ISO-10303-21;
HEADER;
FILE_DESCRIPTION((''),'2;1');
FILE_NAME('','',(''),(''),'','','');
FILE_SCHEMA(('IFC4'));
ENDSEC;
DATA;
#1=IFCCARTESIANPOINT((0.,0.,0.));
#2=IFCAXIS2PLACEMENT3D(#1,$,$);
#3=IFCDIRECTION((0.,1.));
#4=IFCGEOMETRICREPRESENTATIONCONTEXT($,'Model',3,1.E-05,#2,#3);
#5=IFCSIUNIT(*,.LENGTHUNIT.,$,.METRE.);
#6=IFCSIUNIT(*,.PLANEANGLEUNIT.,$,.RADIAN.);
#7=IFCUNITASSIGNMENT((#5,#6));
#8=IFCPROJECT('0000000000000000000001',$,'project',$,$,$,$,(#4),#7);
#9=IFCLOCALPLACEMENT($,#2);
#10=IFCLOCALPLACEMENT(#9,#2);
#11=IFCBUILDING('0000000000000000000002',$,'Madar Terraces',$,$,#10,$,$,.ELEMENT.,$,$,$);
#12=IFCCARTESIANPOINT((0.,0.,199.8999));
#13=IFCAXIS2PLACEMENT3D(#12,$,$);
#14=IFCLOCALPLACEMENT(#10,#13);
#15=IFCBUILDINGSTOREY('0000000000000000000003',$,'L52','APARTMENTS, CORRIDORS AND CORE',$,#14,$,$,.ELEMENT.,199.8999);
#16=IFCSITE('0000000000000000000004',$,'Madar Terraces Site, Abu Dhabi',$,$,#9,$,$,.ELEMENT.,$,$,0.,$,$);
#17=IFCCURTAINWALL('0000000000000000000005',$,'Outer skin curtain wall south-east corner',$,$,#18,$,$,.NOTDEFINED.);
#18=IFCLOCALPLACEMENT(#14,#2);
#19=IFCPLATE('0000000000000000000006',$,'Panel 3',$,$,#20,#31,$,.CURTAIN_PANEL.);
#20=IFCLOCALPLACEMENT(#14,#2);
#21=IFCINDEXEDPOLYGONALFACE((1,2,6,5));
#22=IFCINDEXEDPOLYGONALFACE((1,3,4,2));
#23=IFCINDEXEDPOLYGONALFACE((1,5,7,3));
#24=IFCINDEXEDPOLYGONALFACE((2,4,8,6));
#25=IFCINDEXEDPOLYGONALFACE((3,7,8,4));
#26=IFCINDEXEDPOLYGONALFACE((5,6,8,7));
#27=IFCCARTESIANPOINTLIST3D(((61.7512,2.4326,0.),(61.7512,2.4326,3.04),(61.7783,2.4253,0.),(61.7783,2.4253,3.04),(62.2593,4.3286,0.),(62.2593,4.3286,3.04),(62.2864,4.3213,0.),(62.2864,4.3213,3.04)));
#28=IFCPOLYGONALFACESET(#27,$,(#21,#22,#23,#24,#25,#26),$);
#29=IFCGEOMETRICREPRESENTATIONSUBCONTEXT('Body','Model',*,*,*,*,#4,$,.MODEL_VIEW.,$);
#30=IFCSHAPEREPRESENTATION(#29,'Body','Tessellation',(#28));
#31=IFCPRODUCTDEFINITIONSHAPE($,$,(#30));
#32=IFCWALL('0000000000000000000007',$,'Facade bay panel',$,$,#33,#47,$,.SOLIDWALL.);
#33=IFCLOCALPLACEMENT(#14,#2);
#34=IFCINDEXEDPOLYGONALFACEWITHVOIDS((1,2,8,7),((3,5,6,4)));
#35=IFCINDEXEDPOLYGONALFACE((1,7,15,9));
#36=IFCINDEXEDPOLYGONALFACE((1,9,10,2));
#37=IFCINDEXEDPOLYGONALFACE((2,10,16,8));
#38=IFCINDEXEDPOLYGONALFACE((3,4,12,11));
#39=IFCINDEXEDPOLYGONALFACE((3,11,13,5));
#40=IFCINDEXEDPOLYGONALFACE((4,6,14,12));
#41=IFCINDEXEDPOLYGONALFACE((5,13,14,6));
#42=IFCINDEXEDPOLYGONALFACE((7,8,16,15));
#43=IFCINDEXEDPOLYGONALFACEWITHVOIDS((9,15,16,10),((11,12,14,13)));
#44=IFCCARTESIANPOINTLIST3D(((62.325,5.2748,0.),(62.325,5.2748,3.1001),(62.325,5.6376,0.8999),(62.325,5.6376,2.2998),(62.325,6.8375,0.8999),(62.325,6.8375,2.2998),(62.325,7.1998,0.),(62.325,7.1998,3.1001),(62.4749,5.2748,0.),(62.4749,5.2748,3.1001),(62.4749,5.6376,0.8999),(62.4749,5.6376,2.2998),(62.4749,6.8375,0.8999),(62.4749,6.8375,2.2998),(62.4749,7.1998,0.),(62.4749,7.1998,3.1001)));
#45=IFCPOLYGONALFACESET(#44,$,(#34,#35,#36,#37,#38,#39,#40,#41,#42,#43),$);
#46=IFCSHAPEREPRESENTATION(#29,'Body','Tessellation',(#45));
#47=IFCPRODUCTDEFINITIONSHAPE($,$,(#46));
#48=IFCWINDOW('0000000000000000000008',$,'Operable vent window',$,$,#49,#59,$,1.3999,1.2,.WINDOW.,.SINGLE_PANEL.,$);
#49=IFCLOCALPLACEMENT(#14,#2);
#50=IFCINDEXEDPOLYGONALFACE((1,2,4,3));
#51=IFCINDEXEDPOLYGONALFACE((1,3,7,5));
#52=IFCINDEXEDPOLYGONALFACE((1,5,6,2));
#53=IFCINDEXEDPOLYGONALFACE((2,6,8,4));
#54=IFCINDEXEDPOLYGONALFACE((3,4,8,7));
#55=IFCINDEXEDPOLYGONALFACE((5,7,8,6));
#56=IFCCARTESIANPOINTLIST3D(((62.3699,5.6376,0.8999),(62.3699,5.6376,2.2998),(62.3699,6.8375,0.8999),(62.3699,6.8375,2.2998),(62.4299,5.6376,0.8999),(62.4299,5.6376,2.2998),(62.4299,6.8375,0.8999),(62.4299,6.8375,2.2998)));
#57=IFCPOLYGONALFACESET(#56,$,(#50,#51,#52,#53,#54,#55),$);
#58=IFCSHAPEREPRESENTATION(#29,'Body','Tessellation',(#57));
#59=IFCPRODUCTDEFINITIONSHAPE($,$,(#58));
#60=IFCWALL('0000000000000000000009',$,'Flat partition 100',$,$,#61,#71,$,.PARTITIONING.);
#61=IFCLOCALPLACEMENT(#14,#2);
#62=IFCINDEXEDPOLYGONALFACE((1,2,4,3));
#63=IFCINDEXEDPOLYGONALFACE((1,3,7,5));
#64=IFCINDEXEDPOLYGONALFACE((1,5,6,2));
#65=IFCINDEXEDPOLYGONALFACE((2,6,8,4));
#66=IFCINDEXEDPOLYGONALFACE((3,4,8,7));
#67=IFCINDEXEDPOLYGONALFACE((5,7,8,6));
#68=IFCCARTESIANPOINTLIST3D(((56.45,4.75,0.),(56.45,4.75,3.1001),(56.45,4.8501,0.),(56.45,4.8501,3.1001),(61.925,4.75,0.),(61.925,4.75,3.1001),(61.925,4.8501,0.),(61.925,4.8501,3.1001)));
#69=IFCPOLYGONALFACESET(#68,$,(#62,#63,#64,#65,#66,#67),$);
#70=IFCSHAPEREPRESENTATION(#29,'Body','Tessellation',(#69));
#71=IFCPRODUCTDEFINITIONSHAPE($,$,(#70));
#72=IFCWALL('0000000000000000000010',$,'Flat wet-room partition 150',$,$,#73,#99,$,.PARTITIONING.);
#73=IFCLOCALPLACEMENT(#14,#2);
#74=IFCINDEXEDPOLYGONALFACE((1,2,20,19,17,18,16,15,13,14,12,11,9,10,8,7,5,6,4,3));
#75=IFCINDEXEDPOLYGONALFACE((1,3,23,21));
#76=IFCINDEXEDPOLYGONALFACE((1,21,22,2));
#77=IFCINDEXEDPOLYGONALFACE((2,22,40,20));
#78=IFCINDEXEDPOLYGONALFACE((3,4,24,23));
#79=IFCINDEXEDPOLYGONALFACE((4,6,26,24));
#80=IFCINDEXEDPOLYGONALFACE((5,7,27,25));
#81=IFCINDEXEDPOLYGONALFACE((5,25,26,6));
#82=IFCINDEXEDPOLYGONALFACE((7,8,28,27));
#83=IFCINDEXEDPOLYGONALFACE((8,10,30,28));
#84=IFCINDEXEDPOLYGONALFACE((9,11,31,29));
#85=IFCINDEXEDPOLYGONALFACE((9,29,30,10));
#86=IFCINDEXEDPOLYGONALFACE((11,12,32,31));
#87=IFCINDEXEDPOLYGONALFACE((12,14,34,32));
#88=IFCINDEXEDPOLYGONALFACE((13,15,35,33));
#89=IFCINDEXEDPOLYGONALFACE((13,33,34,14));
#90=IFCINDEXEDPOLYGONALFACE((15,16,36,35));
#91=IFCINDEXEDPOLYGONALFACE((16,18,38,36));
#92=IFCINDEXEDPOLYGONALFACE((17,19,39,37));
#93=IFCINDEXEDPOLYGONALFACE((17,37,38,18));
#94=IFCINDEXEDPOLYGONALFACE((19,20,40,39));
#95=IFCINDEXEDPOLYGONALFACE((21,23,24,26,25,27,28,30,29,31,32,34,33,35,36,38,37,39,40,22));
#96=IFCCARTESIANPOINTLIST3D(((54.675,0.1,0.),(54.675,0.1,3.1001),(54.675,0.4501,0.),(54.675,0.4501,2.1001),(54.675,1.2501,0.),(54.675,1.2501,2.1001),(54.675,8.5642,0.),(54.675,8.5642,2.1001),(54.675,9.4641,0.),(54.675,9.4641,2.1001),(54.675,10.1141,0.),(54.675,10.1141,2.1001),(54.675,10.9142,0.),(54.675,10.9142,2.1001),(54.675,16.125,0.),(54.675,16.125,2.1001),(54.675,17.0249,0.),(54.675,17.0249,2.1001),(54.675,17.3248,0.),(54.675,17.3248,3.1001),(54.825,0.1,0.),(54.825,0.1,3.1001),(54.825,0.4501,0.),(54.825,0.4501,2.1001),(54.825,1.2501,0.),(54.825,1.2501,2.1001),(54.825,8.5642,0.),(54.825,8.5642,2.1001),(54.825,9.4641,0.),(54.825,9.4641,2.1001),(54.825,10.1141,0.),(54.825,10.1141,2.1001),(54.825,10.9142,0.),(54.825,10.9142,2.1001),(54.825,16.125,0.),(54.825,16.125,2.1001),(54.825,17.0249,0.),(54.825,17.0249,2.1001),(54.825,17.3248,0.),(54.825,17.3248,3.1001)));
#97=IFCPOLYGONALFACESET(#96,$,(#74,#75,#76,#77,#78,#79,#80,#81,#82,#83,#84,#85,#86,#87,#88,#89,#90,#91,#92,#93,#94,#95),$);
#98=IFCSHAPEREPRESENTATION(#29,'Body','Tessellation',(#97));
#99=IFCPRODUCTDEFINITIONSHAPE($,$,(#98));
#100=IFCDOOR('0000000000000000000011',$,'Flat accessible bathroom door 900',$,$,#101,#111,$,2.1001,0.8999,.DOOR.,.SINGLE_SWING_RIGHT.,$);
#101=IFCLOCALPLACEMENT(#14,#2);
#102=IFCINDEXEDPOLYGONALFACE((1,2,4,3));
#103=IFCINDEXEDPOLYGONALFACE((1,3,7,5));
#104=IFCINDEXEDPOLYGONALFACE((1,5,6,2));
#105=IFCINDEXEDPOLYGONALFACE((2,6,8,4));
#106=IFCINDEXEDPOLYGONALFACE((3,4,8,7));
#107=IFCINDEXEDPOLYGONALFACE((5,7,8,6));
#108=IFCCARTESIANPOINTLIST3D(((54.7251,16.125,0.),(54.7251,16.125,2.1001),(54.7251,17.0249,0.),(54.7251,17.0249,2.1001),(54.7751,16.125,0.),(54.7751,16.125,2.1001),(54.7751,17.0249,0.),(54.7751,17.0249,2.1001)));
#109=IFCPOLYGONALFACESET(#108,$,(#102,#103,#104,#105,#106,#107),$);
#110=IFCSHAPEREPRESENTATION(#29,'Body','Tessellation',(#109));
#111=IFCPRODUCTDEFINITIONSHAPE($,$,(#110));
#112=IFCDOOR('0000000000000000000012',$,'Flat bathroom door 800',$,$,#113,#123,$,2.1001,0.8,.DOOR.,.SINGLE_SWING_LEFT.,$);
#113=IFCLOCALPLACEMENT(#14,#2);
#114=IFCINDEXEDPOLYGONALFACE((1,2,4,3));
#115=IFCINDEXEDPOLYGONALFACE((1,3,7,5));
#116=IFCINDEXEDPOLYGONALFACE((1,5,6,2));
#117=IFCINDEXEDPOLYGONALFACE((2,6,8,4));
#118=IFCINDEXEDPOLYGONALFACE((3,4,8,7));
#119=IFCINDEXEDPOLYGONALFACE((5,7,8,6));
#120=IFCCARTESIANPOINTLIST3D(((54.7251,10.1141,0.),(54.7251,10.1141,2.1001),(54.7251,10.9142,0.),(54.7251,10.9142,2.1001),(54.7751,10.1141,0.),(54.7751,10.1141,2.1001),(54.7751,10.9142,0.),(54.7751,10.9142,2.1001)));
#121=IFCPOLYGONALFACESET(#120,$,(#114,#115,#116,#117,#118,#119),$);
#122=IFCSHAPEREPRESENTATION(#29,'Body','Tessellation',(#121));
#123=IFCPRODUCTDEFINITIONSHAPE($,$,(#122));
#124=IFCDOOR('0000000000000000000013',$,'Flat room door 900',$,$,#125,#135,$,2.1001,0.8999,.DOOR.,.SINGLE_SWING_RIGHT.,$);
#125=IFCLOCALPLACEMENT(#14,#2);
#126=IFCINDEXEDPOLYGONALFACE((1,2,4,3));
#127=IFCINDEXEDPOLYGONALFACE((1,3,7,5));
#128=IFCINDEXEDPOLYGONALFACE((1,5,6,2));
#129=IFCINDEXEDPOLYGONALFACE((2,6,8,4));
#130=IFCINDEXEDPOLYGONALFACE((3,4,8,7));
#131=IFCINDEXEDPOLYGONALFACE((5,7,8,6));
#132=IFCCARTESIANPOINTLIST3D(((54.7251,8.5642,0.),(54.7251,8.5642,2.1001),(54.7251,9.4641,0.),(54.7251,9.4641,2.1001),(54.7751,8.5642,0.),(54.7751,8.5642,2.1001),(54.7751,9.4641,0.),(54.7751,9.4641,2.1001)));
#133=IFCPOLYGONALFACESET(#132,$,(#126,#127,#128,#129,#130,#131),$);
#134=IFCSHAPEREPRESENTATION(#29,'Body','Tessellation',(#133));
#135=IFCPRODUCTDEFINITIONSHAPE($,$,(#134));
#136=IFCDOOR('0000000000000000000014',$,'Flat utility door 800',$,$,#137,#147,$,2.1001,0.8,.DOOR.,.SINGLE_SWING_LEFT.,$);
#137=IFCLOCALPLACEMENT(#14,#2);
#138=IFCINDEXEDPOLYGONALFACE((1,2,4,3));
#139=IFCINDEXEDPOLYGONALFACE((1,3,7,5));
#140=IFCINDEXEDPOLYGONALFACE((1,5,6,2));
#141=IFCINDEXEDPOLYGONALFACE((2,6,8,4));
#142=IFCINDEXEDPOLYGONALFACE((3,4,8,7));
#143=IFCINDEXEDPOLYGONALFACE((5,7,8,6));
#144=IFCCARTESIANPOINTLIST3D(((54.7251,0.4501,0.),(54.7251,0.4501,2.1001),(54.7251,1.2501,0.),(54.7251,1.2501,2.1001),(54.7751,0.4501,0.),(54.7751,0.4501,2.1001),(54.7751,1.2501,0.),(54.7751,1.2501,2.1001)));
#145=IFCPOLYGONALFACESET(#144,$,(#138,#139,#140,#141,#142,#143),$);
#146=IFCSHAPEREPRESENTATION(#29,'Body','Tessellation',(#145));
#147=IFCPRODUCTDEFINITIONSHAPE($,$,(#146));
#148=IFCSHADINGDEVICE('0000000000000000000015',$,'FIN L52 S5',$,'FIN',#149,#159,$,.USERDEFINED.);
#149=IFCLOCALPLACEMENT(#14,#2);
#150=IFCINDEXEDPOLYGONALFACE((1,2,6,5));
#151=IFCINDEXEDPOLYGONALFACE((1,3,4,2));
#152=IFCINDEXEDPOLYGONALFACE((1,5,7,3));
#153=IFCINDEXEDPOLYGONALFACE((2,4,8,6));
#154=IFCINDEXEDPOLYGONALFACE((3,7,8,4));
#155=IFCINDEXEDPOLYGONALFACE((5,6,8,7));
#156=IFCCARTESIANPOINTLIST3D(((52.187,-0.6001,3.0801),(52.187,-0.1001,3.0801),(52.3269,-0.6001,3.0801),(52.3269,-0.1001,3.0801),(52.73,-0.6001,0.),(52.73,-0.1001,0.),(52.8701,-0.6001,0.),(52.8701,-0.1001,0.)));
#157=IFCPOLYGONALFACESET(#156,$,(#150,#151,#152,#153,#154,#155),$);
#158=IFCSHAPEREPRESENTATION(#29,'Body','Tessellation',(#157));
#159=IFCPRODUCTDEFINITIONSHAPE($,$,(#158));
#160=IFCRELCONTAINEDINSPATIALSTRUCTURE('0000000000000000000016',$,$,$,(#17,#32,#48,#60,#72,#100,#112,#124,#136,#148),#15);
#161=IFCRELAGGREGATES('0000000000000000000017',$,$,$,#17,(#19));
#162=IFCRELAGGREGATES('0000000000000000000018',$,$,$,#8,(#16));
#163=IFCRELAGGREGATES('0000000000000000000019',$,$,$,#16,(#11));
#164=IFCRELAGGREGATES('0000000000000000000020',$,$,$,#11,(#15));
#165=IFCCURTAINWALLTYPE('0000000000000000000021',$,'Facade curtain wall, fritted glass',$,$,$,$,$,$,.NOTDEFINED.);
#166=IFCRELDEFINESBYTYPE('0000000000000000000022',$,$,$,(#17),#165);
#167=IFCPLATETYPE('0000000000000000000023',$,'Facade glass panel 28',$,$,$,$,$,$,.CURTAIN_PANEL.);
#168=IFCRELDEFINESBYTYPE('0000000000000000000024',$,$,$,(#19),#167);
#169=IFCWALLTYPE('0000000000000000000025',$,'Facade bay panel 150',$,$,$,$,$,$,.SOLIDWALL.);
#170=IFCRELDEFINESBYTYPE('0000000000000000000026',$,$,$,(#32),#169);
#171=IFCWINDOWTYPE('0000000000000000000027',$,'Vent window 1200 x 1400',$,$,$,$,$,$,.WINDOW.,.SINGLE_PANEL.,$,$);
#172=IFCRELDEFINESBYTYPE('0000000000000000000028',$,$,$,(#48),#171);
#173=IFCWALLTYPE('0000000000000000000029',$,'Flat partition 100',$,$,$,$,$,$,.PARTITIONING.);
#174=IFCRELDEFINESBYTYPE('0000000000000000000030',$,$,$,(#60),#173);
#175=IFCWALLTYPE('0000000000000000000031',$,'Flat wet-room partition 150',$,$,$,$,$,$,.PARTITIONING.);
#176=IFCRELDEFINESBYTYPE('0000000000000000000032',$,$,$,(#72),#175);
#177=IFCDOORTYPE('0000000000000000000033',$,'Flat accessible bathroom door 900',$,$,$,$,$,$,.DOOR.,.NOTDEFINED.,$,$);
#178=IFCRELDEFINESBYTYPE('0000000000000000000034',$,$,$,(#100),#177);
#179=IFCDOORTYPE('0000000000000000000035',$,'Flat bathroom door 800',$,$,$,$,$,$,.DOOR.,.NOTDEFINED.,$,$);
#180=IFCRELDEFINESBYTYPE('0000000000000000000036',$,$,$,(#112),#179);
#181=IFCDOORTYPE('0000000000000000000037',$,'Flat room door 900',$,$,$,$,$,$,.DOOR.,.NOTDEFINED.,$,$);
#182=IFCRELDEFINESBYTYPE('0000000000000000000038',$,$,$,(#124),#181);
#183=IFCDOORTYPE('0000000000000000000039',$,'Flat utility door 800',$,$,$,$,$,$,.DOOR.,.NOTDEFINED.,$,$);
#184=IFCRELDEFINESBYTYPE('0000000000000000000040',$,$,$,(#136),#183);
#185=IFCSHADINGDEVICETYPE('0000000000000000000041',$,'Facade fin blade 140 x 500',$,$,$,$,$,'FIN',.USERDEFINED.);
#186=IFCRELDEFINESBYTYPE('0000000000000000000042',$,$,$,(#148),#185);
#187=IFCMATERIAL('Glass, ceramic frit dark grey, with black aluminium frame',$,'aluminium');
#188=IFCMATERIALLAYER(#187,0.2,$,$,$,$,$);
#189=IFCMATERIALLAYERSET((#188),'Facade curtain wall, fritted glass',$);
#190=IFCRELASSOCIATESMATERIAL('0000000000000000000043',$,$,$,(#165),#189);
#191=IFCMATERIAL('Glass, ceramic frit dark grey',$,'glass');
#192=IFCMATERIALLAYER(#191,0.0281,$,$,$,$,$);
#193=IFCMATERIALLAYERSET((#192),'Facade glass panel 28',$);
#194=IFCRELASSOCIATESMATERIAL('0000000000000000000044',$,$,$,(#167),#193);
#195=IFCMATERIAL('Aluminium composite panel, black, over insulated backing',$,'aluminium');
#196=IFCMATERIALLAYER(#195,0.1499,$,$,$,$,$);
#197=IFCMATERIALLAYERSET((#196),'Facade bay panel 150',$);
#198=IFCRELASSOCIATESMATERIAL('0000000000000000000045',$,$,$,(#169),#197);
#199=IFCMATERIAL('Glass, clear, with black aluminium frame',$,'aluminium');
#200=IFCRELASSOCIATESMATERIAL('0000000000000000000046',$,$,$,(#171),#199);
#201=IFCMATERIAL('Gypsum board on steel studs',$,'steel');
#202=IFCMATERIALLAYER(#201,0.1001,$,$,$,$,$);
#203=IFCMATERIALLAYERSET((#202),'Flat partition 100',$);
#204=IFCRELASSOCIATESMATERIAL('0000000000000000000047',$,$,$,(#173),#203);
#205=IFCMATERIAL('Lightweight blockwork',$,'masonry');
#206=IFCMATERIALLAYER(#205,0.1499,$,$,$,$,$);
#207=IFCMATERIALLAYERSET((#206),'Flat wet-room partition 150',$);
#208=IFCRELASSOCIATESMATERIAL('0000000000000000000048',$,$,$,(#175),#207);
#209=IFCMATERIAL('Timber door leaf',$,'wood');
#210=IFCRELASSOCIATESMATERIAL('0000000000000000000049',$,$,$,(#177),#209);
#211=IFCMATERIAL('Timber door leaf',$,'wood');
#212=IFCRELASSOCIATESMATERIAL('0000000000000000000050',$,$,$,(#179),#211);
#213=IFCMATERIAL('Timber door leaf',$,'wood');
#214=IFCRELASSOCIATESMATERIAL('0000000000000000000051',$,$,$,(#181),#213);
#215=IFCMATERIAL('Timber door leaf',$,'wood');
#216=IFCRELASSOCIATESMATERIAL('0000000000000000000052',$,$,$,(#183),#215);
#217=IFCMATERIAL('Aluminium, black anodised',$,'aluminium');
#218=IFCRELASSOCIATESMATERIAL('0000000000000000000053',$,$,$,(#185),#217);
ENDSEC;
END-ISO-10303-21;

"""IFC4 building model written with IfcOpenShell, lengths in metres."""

from ifc_helpers import new_model, si_unit, direction, frame, frame_2d, origin, origin_2d, place, context, subcontext, project, spatial, polyline, rectangle, outline, extrude, material, layer, layer_set, type_object, element, fill, aggregate, save


model = new_model("IFC4")

# Units and contexts
model_context = context("Model", 3, precision=1e-05, world=origin(), true_north=direction((0.0, 1.0)))
body_context = subcontext(model_context, "Body", "Model", "MODEL_VIEW")
ifc_project = project(units=[si_unit("LENGTHUNIT", "METRE"), si_unit("PLANEANGLEUNIT", "RADIAN")], contexts=[model_context])

# Site, building, storey
site_placement = place(None, origin())
site = spatial("IfcSite", under=ifc_project, at=site_placement, Name="Madar Terraces Site, Abu Dhabi", CompositionType="ELEMENT", RefElevation=0.0)
building_placement = place(site_placement, origin())
building = spatial("IfcBuilding", under=site, at=building_placement, Name="Madar Terraces", CompositionType="ELEMENT")
storey_placement = place(building_placement, frame((0.0, 0.0, 199.8999)))
storey = spatial("IfcBuildingStorey", under=building, at=storey_placement, Name="L52", Description="APARTMENTS, CORRIDORS AND CORE", CompositionType="ELEMENT", Elevation=199.8999)

# Shared definitions
ifc_material_1 = material(Name="Glass, ceramic frit dark grey, with black aluminium frame", Category="aluminium")
ifc_layer_1 = layer(ifc_material_1, 0.2)
ifc_layer_set_1 = layer_set([ifc_layer_1], Name="Facade curtain wall, fritted glass")
curtain_wall_type = type_object("IfcCurtainWallType", Name="Facade curtain wall, fritted glass", PredefinedType="NOTDEFINED", material=ifc_layer_set_1)

# Curtain wall
curtain_wall_1_placement = place(storey_placement, origin())
curtain_wall_1 = element("IfcCurtainWall", 1, at=curtain_wall_1_placement, inside=storey, type_object=curtain_wall_type, Name="Outer skin curtain wall south-east corner", PredefinedType="NOTDEFINED")

# Plate
ifc_material_2 = material(Name="Glass, ceramic frit dark grey", Category="glass")
ifc_layer_2 = layer(ifc_material_2, 0.0281)
ifc_layer_set_2 = layer_set([ifc_layer_2], Name="Facade glass panel 28")
plate_type = type_object("IfcPlateType", Name="Facade glass panel 28", PredefinedType="CURTAIN_PANEL", material=ifc_layer_set_2)
plate_1_placement = place(storey_placement, frame((62.0188, 3.377, 0.0), z_axis=(0.0, 0.0, 1.0), x_axis=(0.258819, 0.965926, 0.0)))
plate_1 = element("IfcPlate", 2, at=plate_1_placement, type_object=plate_type, Name="Panel 3", PredefinedType="CURTAIN_PANEL", context=body_context, shape_type="SweptSolid", body=[
    extrude(rectangle(XDim=1.9629, YDim=0.0281, at=origin_2d()), origin(), (0.0, 0.0, 1.0), 3.04),
])
aggregate(curtain_wall_1, [plate_1])

# Wall, opening, window
ifc_material_3 = material(Name="Aluminium composite panel, black, over insulated backing", Category="aluminium")
ifc_layer_3 = layer(ifc_material_3, 0.1499)
ifc_layer_set_3 = layer_set([ifc_layer_3], Name="Facade bay panel 150")
wall_type_1 = type_object("IfcWallType", Name="Facade bay panel 150", PredefinedType="SOLIDWALL", material=ifc_layer_set_3)
wall_1_placement = place(storey_placement, frame((62.3999, 5.2749, 0.0), z_axis=(0.0, 0.0, 1.0), x_axis=(0.0, 1.0, 0.0)))
wall_1 = element("IfcWall", 3, at=wall_1_placement, inside=storey, type_object=wall_type_1, Name="Facade bay panel", PredefinedType="SOLIDWALL", context=body_context, shape_type="SweptSolid", body=[
    extrude(rectangle(XDim=1.925, YDim=0.1499, at=frame_2d((0.9624, 0.0))), origin(), (0.0, 0.0, 1.0), 3.1001),
])
opening_1_placement = place(wall_1_placement, frame((0.3625, 0.0, 0.8999)))
opening_1 = element("IfcOpeningElement", 4, at=opening_1_placement, cuts=wall_1, PredefinedType="OPENING", context=body_context, shape_type="SweptSolid", body=[
    extrude(rectangle(XDim=1.2, YDim=1.3999, at=frame_2d((0.6001, 0.7))), frame((0.0, 0.085, 0.0), z_axis=(0.0, -1.0, 0.0), x_axis=(1.0, 0.0, 0.0)), (0.0, 0.0, 1.0), 0.1699),
])
ifc_material_4 = material(Name="Glass, clear, with black aluminium frame", Category="aluminium")
window_type = type_object("IfcWindowType", Name="Vent window 1200 x 1400", PartitioningType="SINGLE_PANEL", PredefinedType="WINDOW", material=ifc_material_4)
window_placement = place(opening_1_placement, origin())
window = element("IfcWindow", 5, at=window_placement, inside=storey, type_object=window_type, Name="Operable vent window", OverallHeight=1.3999, OverallWidth=1.2, PartitioningType="SINGLE_PANEL", PredefinedType="WINDOW", context=body_context, shape_type="SweptSolid", body=[
    extrude(rectangle(XDim=1.2, YDim=1.3999, at=frame_2d((0.6001, 0.7))), frame((0.0, 0.03, 0.0), z_axis=(0.0, -1.0, 0.0), x_axis=(1.0, 0.0, 0.0)), (0.0, 0.0, 1.0), 0.0601),
])
fill(opening_1, window)

# Wall
ifc_material_5 = material(Name="Gypsum board on steel studs", Category="steel")
ifc_layer_4 = layer(ifc_material_5, 0.1001)
ifc_layer_set_4 = layer_set([ifc_layer_4], Name="Flat partition 100")
wall_type_2 = type_object("IfcWallType", Name="Flat partition 100", PredefinedType="PARTITIONING", material=ifc_layer_set_4)
wall_2_placement = place(storey_placement, frame((56.45, 4.8, 0.0), z_axis=(0.0, 0.0, 1.0), x_axis=(1.0, 0.0, 0.0)))
element("IfcWall", 6, at=wall_2_placement, inside=storey, type_object=wall_type_2, Name="Flat partition 100", PredefinedType="PARTITIONING", context=body_context, shape_type="SweptSolid", body=[
    extrude(rectangle(XDim=5.4751, YDim=0.1001, at=frame_2d((2.7375, 0.0))), origin(), (0.0, 0.0, 1.0), 3.1001),
])

# Wall, openings, doors
ifc_material_6 = material(Name="Lightweight blockwork", Category="masonry")
ifc_layer_5 = layer(ifc_material_6, 0.1499)
ifc_layer_set_5 = layer_set([ifc_layer_5], Name="Flat wet-room partition 150")
wall_type_3 = type_object("IfcWallType", Name="Flat wet-room partition 150", PredefinedType="PARTITIONING", material=ifc_layer_set_5)
wall_3_placement = place(storey_placement, frame((54.75, 0.1001, 0.0), z_axis=(0.0, 0.0, 1.0), x_axis=(0.0, 1.0, 0.0)))
wall_3 = element("IfcWall", 7, at=wall_3_placement, inside=storey, type_object=wall_type_3, Name="Flat wet-room partition 150", PredefinedType="PARTITIONING", context=body_context, shape_type="SweptSolid", body=[
    extrude(rectangle(XDim=17.2249, YDim=0.1499, at=frame_2d((8.6123, 0.0))), origin(), (0.0, 0.0, 1.0), 3.1001),
])
opening_2_placement = place(wall_3_placement, frame((16.0249, 0.0, 0.0)))
opening_2 = element("IfcOpeningElement", 8, at=opening_2_placement, cuts=wall_3, PredefinedType="OPENING", context=body_context, shape_type="SweptSolid", body=[
    extrude(rectangle(XDim=0.8999, YDim=2.1001, at=frame_2d((0.45, 1.05))), frame((0.0, 0.085, 0.0), z_axis=(0.0, -1.0, 0.0), x_axis=(1.0, 0.0, 0.0)), (0.0, 0.0, 1.0), 0.1699),
])
opening_3_placement = place(wall_3_placement, frame((10.0142, 0.0, 0.0)))
opening_3 = element("IfcOpeningElement", 9, at=opening_3_placement, cuts=wall_3, PredefinedType="OPENING", context=body_context, shape_type="SweptSolid", body=[
    extrude(rectangle(XDim=0.8, YDim=2.1001, at=frame_2d((0.3999, 1.05))), frame((0.0, 0.085, 0.0), z_axis=(0.0, -1.0, 0.0), x_axis=(1.0, 0.0, 0.0)), (0.0, 0.0, 1.0), 0.1699),
])
opening_4_placement = place(wall_3_placement, frame((8.4641, 0.0, 0.0)))
opening_4 = element("IfcOpeningElement", 10, at=opening_4_placement, cuts=wall_3, PredefinedType="OPENING", context=body_context, shape_type="SweptSolid", body=[
    extrude(rectangle(XDim=0.8999, YDim=2.1001, at=frame_2d((0.45, 1.05))), frame((0.0, 0.085, 0.0), z_axis=(0.0, -1.0, 0.0), x_axis=(1.0, 0.0, 0.0)), (0.0, 0.0, 1.0), 0.1699),
])
opening_5_placement = place(wall_3_placement, frame((0.3501, 0.0, 0.0)))
opening_5 = element("IfcOpeningElement", 11, at=opening_5_placement, cuts=wall_3, PredefinedType="OPENING", context=body_context, shape_type="SweptSolid", body=[
    extrude(rectangle(XDim=0.8, YDim=2.1001, at=frame_2d((0.3999, 1.05))), frame((0.0, 0.085, 0.0), z_axis=(0.0, -1.0, 0.0), x_axis=(1.0, 0.0, 0.0)), (0.0, 0.0, 1.0), 0.1699),
])
ifc_material_7 = material(Name="Timber door leaf", Category="wood")
door_type_1 = type_object("IfcDoorType", Name="Flat accessible bathroom door 900", OperationType="NOTDEFINED", PredefinedType="DOOR", material=ifc_material_7)
door_1_placement = place(opening_2_placement, origin())
door_1 = element("IfcDoor", 12, at=door_1_placement, inside=storey, type_object=door_type_1, Name="Flat accessible bathroom door 900", OperationType="SINGLE_SWING_RIGHT", OverallHeight=2.1001, OverallWidth=0.8999, PredefinedType="DOOR", context=body_context, shape_type="SweptSolid", body=[
    extrude(rectangle(XDim=0.8999, YDim=2.1001, at=frame_2d((0.45, 1.05))), frame((0.0, 0.0249, 0.0), z_axis=(0.0, -1.0, 0.0), x_axis=(1.0, 0.0, 0.0)), (0.0, 0.0, 1.0), 0.05),
])
fill(opening_2, door_1)
ifc_material_8 = material(Name="Timber door leaf", Category="wood")
door_type_2 = type_object("IfcDoorType", Name="Flat bathroom door 800", OperationType="NOTDEFINED", PredefinedType="DOOR", material=ifc_material_8)
door_2_placement = place(opening_3_placement, origin())
door_2 = element("IfcDoor", 13, at=door_2_placement, inside=storey, type_object=door_type_2, Name="Flat bathroom door 800", OperationType="SINGLE_SWING_LEFT", OverallHeight=2.1001, OverallWidth=0.8, PredefinedType="DOOR", context=body_context, shape_type="SweptSolid", body=[
    extrude(rectangle(XDim=0.8, YDim=2.1001, at=frame_2d((0.3999, 1.05))), frame((0.0, 0.0249, 0.0), z_axis=(0.0, -1.0, 0.0), x_axis=(1.0, 0.0, 0.0)), (0.0, 0.0, 1.0), 0.05),
])
fill(opening_3, door_2)
ifc_material_9 = material(Name="Timber door leaf", Category="wood")
door_type_3 = type_object("IfcDoorType", Name="Flat room door 900", OperationType="NOTDEFINED", PredefinedType="DOOR", material=ifc_material_9)
door_3_placement = place(opening_4_placement, origin())
door_3 = element("IfcDoor", 14, at=door_3_placement, inside=storey, type_object=door_type_3, Name="Flat room door 900", OperationType="SINGLE_SWING_RIGHT", OverallHeight=2.1001, OverallWidth=0.8999, PredefinedType="DOOR", context=body_context, shape_type="SweptSolid", body=[
    extrude(rectangle(XDim=0.8999, YDim=2.1001, at=frame_2d((0.45, 1.05))), frame((0.0, 0.0249, 0.0), z_axis=(0.0, -1.0, 0.0), x_axis=(1.0, 0.0, 0.0)), (0.0, 0.0, 1.0), 0.05),
])
fill(opening_4, door_3)
ifc_material_10 = material(Name="Timber door leaf", Category="wood")
door_type_4 = type_object("IfcDoorType", Name="Flat utility door 800", OperationType="NOTDEFINED", PredefinedType="DOOR", material=ifc_material_10)
door_4_placement = place(opening_5_placement, origin())
door_4 = element("IfcDoor", 15, at=door_4_placement, inside=storey, type_object=door_type_4, Name="Flat utility door 800", OperationType="SINGLE_SWING_LEFT", OverallHeight=2.1001, OverallWidth=0.8, PredefinedType="DOOR", context=body_context, shape_type="SweptSolid", body=[
    extrude(rectangle(XDim=0.8, YDim=2.1001, at=frame_2d((0.3999, 1.05))), frame((0.0, 0.0249, 0.0), z_axis=(0.0, -1.0, 0.0), x_axis=(1.0, 0.0, 0.0)), (0.0, 0.0, 1.0), 0.05),
])
fill(opening_5, door_4)

# Shading device
ifc_material_11 = material(Name="Aluminium, black anodised", Category="aluminium")
shading_device_type = type_object("IfcShadingDeviceType", Name="Facade fin blade 140 x 500", ElementType="FIN", PredefinedType="USERDEFINED", material=ifc_material_11)
shading_device_1_placement = place(storey_placement, frame((52.73, -0.3501, 0.0), z_axis=(0.0, 0.0, 1.0), x_axis=(1.0, 0.0, 0.0)))
element("IfcShadingDevice", 16, at=shading_device_1_placement, inside=storey, type_object=shading_device_type, Name="FIN L52 S5", ObjectType="FIN", PredefinedType="USERDEFINED", context=body_context, shape_type="SweptSolid", body=[
    extrude(outline(polyline([(0.0, 0.0), (0.1401, 0.0), (-0.4031, 3.0801), (-0.543, 3.0801), (0.0, 0.0)])), frame((0.0, 0.25, 0.0), z_axis=(0.0, -1.0, 0.0), x_axis=(1.0, 0.0, 0.0)), (0.0, 0.0, 1.0), 0.5),
])

save(model, "model.ifc")
